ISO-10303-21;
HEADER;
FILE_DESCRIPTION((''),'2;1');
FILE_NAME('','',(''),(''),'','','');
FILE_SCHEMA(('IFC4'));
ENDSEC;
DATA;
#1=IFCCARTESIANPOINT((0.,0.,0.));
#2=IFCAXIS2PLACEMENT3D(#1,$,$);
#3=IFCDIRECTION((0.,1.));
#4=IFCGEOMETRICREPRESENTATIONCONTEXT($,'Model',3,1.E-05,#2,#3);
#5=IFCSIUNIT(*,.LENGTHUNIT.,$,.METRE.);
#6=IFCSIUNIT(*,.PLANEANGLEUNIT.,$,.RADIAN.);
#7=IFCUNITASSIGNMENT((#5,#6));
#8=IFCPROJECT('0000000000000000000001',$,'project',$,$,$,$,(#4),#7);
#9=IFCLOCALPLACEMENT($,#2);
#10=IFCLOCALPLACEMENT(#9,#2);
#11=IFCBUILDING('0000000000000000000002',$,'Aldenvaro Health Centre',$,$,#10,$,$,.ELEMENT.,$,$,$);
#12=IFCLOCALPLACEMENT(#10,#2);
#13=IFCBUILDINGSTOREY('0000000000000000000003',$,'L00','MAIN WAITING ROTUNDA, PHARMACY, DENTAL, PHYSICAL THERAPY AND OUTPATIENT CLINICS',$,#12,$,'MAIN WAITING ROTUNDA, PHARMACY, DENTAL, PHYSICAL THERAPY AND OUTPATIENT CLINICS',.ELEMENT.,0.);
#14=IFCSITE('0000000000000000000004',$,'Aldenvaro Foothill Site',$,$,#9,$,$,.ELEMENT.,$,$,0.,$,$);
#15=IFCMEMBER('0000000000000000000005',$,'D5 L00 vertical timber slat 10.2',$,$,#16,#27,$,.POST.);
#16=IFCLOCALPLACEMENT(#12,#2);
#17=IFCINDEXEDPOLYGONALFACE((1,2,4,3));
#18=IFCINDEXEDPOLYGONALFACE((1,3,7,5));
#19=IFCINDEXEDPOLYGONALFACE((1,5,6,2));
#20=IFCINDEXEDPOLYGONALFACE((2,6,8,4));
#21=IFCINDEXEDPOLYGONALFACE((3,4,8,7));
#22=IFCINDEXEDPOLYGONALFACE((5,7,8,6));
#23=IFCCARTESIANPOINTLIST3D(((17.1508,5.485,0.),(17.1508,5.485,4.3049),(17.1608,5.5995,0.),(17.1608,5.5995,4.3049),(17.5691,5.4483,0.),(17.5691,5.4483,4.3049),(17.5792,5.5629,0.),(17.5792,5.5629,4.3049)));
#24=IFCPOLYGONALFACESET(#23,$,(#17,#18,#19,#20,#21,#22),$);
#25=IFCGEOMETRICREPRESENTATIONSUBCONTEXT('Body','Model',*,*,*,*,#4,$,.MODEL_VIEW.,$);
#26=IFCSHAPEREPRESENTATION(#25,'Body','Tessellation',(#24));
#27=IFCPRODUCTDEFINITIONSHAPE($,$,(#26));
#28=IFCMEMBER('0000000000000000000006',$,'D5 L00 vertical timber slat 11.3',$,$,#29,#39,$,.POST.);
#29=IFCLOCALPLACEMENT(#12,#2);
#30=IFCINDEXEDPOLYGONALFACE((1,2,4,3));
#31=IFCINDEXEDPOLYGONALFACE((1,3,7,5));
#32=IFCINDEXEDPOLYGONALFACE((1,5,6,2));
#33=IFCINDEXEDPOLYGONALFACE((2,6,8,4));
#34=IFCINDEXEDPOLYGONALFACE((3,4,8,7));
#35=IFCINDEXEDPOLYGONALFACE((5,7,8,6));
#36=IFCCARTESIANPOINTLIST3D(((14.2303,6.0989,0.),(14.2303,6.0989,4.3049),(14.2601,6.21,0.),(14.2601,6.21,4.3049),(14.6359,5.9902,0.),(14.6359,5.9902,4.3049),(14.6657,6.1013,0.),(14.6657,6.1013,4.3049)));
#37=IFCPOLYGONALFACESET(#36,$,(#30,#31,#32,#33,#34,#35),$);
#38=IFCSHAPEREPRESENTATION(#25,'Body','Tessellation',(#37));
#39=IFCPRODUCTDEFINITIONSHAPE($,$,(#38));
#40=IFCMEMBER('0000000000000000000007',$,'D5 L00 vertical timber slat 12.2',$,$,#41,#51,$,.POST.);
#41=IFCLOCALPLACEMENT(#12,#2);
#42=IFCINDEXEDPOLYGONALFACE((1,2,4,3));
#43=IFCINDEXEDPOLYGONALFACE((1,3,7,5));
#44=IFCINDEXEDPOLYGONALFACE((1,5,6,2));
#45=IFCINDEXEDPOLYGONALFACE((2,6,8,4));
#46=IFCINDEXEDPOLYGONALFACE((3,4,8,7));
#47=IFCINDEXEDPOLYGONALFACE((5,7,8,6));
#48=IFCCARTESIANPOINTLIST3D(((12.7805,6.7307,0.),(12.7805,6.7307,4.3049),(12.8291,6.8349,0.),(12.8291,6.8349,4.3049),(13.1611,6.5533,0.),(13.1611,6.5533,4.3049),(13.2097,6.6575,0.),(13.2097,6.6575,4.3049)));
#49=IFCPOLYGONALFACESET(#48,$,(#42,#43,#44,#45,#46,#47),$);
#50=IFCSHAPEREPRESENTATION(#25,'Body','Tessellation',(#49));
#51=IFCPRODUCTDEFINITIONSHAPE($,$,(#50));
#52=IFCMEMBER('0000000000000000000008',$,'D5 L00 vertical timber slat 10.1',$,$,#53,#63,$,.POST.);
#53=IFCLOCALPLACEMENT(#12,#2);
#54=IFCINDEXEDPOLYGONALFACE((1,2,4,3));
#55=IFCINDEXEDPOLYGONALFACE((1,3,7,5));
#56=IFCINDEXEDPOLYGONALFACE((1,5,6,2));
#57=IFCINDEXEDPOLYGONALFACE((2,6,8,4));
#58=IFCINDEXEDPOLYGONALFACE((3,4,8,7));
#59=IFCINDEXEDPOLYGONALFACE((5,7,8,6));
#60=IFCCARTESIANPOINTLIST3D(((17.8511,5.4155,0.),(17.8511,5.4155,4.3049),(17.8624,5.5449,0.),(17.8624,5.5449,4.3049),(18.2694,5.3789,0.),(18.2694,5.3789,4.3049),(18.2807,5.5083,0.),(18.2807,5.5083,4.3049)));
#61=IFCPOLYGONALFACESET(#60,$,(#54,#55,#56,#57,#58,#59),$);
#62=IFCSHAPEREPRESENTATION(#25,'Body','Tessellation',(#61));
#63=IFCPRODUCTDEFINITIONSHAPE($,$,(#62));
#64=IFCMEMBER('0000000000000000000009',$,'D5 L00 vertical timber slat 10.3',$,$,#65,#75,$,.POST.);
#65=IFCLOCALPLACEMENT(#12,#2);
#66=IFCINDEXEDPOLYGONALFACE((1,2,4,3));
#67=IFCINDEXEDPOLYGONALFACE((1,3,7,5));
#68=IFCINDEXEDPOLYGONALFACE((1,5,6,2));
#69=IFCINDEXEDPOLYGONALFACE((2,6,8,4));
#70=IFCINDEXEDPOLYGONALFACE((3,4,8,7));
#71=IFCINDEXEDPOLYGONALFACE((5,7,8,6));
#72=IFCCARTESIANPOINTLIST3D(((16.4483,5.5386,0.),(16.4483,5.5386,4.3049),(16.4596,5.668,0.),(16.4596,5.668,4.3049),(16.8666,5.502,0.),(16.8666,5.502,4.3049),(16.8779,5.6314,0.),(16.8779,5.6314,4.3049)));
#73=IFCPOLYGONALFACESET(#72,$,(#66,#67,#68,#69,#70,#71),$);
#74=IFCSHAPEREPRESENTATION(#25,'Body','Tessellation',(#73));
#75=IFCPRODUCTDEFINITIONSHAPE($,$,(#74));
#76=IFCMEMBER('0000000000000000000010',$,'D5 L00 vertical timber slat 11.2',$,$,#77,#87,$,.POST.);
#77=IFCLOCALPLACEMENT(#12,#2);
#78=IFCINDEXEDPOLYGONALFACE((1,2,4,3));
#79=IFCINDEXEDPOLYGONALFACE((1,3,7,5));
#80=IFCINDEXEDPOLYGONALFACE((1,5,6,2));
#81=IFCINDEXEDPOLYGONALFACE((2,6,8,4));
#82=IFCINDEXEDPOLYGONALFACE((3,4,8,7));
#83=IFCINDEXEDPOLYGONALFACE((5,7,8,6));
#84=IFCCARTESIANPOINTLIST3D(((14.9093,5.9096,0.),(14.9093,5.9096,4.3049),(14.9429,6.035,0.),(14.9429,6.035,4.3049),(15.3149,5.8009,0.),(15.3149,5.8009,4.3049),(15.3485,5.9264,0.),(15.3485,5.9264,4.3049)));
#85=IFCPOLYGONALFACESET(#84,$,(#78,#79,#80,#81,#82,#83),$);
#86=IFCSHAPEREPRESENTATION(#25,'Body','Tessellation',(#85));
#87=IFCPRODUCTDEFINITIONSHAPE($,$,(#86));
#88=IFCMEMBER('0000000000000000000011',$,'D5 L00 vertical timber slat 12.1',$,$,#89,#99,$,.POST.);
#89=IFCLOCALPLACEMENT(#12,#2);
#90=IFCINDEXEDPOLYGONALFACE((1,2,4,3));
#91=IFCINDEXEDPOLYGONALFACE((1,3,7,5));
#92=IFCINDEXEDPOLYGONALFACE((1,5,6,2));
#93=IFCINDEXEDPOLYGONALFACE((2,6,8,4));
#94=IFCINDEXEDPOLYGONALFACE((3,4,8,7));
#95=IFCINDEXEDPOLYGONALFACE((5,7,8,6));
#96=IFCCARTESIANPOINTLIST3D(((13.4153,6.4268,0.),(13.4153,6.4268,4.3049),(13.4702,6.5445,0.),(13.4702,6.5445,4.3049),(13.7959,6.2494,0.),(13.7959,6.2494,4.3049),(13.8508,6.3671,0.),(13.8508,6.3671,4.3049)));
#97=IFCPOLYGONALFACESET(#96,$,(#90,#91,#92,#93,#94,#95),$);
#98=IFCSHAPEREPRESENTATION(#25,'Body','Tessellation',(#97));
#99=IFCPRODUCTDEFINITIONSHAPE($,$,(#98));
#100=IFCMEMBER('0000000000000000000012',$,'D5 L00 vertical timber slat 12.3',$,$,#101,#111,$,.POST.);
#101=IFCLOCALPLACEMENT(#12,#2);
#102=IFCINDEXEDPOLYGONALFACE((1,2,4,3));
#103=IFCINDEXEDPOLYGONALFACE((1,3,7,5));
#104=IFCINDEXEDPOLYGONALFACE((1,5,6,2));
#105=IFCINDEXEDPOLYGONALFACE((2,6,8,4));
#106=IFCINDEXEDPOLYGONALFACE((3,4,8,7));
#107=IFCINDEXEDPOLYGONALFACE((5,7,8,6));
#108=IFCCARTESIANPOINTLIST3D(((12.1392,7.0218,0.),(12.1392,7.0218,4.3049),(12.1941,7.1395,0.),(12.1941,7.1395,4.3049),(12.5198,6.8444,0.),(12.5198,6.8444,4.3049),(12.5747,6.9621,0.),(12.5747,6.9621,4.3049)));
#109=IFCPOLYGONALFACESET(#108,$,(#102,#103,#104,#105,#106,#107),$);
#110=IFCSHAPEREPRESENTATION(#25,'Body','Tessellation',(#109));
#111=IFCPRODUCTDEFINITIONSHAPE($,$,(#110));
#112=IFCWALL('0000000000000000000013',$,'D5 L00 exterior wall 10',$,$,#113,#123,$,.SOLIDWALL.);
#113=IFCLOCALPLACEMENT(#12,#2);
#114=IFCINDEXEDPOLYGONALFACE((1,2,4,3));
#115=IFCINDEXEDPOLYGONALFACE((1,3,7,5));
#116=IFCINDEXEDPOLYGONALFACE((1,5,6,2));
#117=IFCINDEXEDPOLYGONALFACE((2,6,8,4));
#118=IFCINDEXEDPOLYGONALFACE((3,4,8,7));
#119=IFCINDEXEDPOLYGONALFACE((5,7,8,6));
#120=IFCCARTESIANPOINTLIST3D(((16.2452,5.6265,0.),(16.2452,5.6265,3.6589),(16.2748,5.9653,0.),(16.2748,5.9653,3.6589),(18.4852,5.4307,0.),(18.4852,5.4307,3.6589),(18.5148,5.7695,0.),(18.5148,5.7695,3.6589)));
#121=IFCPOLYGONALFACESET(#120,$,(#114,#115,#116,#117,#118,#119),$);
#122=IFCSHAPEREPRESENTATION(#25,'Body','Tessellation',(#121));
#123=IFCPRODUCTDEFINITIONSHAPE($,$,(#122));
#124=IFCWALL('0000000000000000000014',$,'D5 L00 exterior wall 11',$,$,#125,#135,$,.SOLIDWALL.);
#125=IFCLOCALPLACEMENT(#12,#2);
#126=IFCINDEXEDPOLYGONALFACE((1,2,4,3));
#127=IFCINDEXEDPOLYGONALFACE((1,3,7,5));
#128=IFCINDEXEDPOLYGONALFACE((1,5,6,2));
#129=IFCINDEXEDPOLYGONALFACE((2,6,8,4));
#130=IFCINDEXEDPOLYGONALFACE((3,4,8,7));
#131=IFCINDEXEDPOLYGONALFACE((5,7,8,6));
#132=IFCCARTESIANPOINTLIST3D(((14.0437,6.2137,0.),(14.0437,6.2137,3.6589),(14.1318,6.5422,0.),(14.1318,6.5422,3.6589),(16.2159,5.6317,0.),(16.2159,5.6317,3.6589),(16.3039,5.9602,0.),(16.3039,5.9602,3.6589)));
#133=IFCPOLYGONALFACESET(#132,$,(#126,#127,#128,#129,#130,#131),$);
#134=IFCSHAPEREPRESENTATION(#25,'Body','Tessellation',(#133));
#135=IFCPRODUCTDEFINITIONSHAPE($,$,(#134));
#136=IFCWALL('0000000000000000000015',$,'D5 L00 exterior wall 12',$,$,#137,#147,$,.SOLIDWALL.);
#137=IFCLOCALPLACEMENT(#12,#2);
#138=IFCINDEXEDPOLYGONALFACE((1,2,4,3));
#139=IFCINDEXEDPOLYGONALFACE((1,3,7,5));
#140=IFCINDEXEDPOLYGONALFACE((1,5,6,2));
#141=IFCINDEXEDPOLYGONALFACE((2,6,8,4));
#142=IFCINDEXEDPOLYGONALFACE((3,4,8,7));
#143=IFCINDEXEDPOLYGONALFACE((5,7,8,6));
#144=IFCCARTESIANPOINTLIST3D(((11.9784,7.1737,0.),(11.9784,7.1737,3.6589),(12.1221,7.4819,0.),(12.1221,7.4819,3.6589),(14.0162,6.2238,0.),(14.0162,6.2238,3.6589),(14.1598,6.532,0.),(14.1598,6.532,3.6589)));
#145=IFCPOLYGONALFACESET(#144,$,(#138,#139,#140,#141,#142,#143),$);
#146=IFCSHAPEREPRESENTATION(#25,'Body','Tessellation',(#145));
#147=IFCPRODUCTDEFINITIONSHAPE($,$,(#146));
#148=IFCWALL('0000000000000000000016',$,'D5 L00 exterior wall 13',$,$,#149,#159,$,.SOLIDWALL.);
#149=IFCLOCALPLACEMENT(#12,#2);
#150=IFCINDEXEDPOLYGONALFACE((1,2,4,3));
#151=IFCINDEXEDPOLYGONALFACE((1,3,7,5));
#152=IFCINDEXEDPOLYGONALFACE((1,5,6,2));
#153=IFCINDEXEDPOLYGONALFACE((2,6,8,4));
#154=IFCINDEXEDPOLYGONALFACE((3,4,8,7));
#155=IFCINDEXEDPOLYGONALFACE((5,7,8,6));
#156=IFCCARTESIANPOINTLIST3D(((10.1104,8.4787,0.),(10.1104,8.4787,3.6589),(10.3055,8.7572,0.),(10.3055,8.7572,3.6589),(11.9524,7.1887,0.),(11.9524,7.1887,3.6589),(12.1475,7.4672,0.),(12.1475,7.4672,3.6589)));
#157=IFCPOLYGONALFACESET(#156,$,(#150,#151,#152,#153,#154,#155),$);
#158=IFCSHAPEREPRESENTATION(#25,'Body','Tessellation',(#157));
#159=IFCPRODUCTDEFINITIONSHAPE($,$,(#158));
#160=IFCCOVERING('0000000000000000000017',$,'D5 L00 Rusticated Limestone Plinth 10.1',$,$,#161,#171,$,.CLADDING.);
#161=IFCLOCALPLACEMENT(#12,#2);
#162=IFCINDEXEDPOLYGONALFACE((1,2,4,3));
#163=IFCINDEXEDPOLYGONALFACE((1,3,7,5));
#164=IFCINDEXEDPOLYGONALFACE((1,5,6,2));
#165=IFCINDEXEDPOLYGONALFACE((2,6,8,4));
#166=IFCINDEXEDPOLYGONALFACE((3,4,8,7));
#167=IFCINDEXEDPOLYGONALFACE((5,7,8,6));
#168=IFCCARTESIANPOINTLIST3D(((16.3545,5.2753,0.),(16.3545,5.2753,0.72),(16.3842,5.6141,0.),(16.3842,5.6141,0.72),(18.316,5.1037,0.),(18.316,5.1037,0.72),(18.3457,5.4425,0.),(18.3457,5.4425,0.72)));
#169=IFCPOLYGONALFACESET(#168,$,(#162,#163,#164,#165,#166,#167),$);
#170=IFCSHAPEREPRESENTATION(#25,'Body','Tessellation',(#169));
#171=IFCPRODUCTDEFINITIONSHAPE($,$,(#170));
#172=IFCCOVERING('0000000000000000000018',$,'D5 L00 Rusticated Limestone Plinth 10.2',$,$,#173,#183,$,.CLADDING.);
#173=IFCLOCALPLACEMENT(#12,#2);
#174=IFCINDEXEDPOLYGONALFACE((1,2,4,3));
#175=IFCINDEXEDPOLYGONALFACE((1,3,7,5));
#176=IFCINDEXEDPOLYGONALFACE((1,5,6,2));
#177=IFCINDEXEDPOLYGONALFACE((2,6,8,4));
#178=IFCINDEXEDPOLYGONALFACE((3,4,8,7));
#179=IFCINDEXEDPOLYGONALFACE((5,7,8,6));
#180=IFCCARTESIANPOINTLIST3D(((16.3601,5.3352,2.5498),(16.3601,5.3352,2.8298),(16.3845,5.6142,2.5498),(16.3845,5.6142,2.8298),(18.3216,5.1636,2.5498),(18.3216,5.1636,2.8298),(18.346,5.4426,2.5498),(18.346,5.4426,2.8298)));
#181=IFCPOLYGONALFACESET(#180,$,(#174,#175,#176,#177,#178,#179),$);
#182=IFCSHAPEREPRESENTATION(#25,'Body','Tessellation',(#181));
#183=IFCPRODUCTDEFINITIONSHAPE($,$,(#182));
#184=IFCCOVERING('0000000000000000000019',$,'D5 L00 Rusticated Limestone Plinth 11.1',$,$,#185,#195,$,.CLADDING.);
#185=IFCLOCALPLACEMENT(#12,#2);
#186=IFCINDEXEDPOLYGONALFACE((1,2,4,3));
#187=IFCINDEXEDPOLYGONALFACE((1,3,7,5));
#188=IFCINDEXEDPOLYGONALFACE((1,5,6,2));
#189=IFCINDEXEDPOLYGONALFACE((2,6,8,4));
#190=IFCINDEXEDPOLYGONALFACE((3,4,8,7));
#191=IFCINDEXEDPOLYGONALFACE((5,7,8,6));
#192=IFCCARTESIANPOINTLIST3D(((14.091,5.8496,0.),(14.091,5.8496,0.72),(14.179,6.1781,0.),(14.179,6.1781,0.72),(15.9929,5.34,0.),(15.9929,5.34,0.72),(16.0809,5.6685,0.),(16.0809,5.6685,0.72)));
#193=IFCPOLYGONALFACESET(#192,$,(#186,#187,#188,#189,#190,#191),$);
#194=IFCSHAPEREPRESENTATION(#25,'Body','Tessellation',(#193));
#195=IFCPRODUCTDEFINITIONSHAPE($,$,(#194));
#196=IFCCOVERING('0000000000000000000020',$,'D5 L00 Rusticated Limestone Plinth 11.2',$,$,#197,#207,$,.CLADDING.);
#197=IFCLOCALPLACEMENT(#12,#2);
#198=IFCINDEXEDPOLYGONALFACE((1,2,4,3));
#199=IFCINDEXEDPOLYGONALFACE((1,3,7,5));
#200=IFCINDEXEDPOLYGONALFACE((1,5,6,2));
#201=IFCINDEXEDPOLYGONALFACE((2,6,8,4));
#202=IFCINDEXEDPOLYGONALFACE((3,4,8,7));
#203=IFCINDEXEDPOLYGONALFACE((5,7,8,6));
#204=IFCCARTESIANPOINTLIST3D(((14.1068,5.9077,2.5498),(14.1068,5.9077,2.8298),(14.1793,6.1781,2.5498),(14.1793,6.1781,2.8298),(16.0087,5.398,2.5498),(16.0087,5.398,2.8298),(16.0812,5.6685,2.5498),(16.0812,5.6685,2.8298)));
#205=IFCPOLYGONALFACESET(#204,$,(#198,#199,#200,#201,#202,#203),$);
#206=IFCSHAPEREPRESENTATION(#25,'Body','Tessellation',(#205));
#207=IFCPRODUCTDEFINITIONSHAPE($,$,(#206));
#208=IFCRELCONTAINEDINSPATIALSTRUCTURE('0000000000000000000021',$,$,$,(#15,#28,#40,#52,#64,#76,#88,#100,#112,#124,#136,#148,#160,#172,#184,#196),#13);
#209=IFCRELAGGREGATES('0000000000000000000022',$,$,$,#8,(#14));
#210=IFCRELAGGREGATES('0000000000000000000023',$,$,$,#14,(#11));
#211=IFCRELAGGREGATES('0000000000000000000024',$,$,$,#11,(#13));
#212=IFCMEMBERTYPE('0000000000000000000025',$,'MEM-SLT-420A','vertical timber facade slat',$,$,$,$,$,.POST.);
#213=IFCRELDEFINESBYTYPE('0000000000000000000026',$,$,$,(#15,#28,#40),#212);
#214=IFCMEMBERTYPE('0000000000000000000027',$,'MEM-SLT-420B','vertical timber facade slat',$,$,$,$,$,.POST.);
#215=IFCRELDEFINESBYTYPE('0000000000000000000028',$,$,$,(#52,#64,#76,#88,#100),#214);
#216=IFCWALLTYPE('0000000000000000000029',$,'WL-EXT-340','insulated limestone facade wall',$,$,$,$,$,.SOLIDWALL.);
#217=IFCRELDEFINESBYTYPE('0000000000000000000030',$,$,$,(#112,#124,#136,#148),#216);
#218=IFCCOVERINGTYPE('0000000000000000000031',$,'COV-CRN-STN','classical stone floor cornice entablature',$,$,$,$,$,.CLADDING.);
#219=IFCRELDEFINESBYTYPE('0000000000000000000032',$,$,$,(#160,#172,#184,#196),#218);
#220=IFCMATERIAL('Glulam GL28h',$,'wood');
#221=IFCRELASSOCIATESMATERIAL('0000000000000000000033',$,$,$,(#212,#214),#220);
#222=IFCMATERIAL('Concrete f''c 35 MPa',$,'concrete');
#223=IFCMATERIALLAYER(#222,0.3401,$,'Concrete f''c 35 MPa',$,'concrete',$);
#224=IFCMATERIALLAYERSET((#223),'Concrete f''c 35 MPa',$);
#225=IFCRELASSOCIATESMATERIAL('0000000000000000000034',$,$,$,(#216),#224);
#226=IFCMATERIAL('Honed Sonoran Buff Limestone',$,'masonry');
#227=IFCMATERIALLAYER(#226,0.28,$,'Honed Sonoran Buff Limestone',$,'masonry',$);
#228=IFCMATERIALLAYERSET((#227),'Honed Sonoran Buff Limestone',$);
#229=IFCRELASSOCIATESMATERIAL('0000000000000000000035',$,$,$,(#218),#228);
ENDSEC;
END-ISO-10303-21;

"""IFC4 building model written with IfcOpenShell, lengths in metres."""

from ifc_helpers import new_model, si_unit, direction, frame, frame_2d, origin, origin_2d, place, context, subcontext, project, spatial, rectangle, extrude, material, layer, layer_set, material_profile, profile_set, type_object, element, save


model = new_model("IFC4")

# Units and contexts
model_context = context("Model", 3, precision=1e-05, world=origin(), true_north=direction((0.0, 1.0)))
body_context = subcontext(model_context, "Body", "Model", "MODEL_VIEW")
ifc_project = project(units=[si_unit("LENGTHUNIT", "METRE"), si_unit("PLANEANGLEUNIT", "RADIAN")], contexts=[model_context])

# Site, building, storey
site_placement = place(None, origin())
site = spatial("IfcSite", under=ifc_project, at=site_placement, Name="Aldenvaro Foothill Site", CompositionType="ELEMENT", RefElevation=0.0)
building_placement = place(site_placement, origin())
building = spatial("IfcBuilding", under=site, at=building_placement, Name="Aldenvaro Health Centre", CompositionType="ELEMENT")
storey_placement = place(building_placement, origin())
storey = spatial("IfcBuildingStorey", under=building, at=storey_placement, Name="L00", Description="MAIN WAITING ROTUNDA, PHARMACY, DENTAL, PHYSICAL THERAPY AND OUTPATIENT CLINICS", LongName="MAIN WAITING ROTUNDA, PHARMACY, DENTAL, PHYSICAL THERAPY AND OUTPATIENT CLINICS", CompositionType="ELEMENT", Elevation=0.0)

# Shared definitions
ifc_material_1 = material(Name="Glulam GL28h", Category="wood")

# Members
ifc_material_profile_1 = material_profile(ifc_material_1, rectangle(XDim=0.115, YDim=0.4199, at=origin_2d()), Name="GL 115x420", Category="wood")
ifc_profile_set_1 = profile_set([ifc_material_profile_1], Name="Glulam GL28h")
member_type_1 = type_object("IfcMemberType", Name="MEM-SLT-420A", Description="vertical timber facade slat", PredefinedType="POST", material=ifc_profile_set_1)
for number, where, z_axis, x_axis, name in (
    (1, (17.365, 5.5239, 0.0), (0.0, 0.0, 1.0), (-0.087167, -0.996194, 0.0), "D5 L00 vertical timber slat 10.2"),
    (2, (14.448, 6.1001, 0.0), (0.0, 0.0, 1.0), (-0.258825, -0.965924, 0.0), "D5 L00 vertical timber slat 11.3"),
    (3, (12.9951, 6.6941, 0.0), (0.0, 0.0, 1.0), (-0.422496, -0.906365, 0.0), "D5 L00 vertical timber slat 12.2"),
):
    element("IfcMember", number, at=place(storey_placement, frame(where, z_axis=z_axis, x_axis=x_axis)), inside=storey, type_object=member_type_1, Name=name, PredefinedType="POST", context=body_context, shape_type="SweptSolid", body=[
        extrude(rectangle(XDim=0.115, YDim=0.4199, at=origin_2d()), origin(), (0.0, 0.0, 1.0), 4.3049),
    ])
ifc_material_profile_2 = material_profile(ifc_material_1, rectangle(XDim=0.1299, YDim=0.4199, at=origin_2d()), Name="GL 130x420", Category="wood")
ifc_profile_set_2 = profile_set([ifc_material_profile_2], Name="Glulam GL28h")
member_type_2 = type_object("IfcMemberType", Name="MEM-SLT-420B", Description="vertical timber facade slat", PredefinedType="POST", material=ifc_profile_set_2)
for number, where, z_axis, x_axis, name in (
    (4, (18.0659, 5.4619, 0.0), (0.0, 0.0, 1.0), (-0.087167, -0.996194, 0.0), "D5 L00 vertical timber slat 10.1"),
    (5, (16.6631, 5.585, 0.0), (0.0, 0.0, 1.0), (-0.087167, -0.996194, 0.0), "D5 L00 vertical timber slat 10.3"),
    (6, (15.1289, 5.918, 0.0), (0.0, 0.0, 1.0), (-0.258825, -0.965924, 0.0), "D5 L00 vertical timber slat 11.2"),
    (7, (13.6331, 6.397, 0.0), (0.0, 0.0, 1.0), (-0.422496, -0.906365, 0.0), "D5 L00 vertical timber slat 12.1"),
    (8, (12.3569, 6.9919, 0.0), (0.0, 0.0, 1.0), (-0.422496, -0.906365, 0.0), "D5 L00 vertical timber slat 12.3"),
):
    element("IfcMember", number, at=place(storey_placement, frame(where, z_axis=z_axis, x_axis=x_axis)), inside=storey, type_object=member_type_2, Name=name, PredefinedType="POST", context=body_context, shape_type="SweptSolid", body=[
        extrude(rectangle(XDim=0.1299, YDim=0.4199, at=origin_2d()), origin(), (0.0, 0.0, 1.0), 4.3049),
    ])

# Walls
ifc_material_2 = material(Name="Concrete f'c 35 MPa", Category="concrete")
ifc_layer_1 = layer(ifc_material_2, 0.3401, Name="Concrete f'c 35 MPa", Category="concrete")
ifc_layer_set_1 = layer_set([ifc_layer_1], Name="Concrete f'c 35 MPa")
wall_type = type_object("IfcWallType", Name="WL-EXT-340", Description="insulated limestone facade wall", PredefinedType="SOLIDWALL", material=ifc_layer_set_1)
wall_1_placement = place(storey_placement, frame((18.5, 5.6001, 0.0), z_axis=(0.0, 0.0, 1.0), x_axis=(-0.996201, 0.087079, 0.0)))
element("IfcWall", 9, at=wall_1_placement, inside=storey, type_object=wall_type, Name="D5 L00 exterior wall 10", PredefinedType="SOLIDWALL", context=body_context, shape_type="SweptSolid", body=[
    extrude(rectangle(XDim=2.2485, YDim=0.3401, at=frame_2d((1.1243, 0.0))), origin(), (0.0, 0.0, 1.0), 3.6589),
])
wall_2_placement = place(storey_placement, frame((16.26, 5.7959, 0.0), z_axis=(0.0, 0.0, 1.0), x_axis=(-0.965924, 0.258825, 0.0)))
element("IfcWall", 10, at=wall_2_placement, inside=storey, type_object=wall_type, Name="D5 L00 exterior wall 11", PredefinedType="SOLIDWALL", context=body_context, shape_type="SweptSolid", body=[
    extrude(rectangle(XDim=2.2488, YDim=0.3401, at=frame_2d((1.1245, 0.0))), origin(), (0.0, 0.0, 1.0), 3.6589),
])
wall_3_placement = place(storey_placement, frame((14.0879, 6.3779, 0.0), z_axis=(0.0, 0.0, 1.0), x_axis=(-0.906361, 0.422505, 0.0)))
element("IfcWall", 11, at=wall_3_placement, inside=storey, type_object=wall_type, Name="D5 L00 exterior wall 12", PredefinedType="SOLIDWALL", context=body_context, shape_type="SweptSolid", body=[
    extrude(rectangle(XDim=2.2483, YDim=0.3401, at=frame_2d((1.124, 0.0))), origin(), (0.0, 0.0, 1.0), 3.6589),
])
wall_4_placement = place(storey_placement, frame((12.05, 7.3279, 0.0), z_axis=(0.0, 0.0, 1.0), x_axis=(-0.819104, 0.573644, 0.0)))
element("IfcWall", 12, at=wall_4_placement, inside=storey, type_object=wall_type, Name="D5 L00 exterior wall 13", PredefinedType="SOLIDWALL", context=body_context, shape_type="SweptSolid", body=[
    extrude(rectangle(XDim=2.2488, YDim=0.3401, at=frame_2d((1.1245, 0.0))), origin(), (0.0, 0.0, 1.0), 3.6589),
])

# Coverings
ifc_material_3 = material(Name="Honed Sonoran Buff Limestone", Category="masonry")
ifc_layer_2 = layer(ifc_material_3, 0.28, Name="Honed Sonoran Buff Limestone", Category="masonry")
ifc_layer_set_2 = layer_set([ifc_layer_2], Name="Honed Sonoran Buff Limestone")
covering_type = type_object("IfcCoveringType", Name="COV-CRN-STN", Description="classical stone floor cornice entablature", PredefinedType="CLADDING", material=ifc_layer_set_2)
covering_1_placement = place(storey_placement, frame((17.3501, 5.3589, 0.0), z_axis=(0.0, 0.0, 1.0), x_axis=(-0.996194, 0.087167, 0.0)))
element("IfcCovering", 13, at=covering_1_placement, inside=storey, type_object=covering_type, Name="D5 L00 Rusticated Limestone Plinth 10.1", PredefinedType="CLADDING", context=body_context, shape_type="SweptSolid", body=[
    extrude(rectangle(XDim=1.969, YDim=0.3401, at=origin_2d()), origin(), (0.0, 0.0, 1.0), 0.72),
])
covering_2_placement = place(storey_placement, frame((17.353, 5.3889, 2.5498), z_axis=(0.0, 0.0, 1.0), x_axis=(-0.996194, 0.087167, 0.0)))
element("IfcCovering", 14, at=covering_2_placement, inside=storey, type_object=covering_type, Name="D5 L00 Rusticated Limestone Plinth 10.2", PredefinedType="CLADDING", context=body_context, shape_type="SweptSolid", body=[
    extrude(rectangle(XDim=1.969, YDim=0.28, at=origin_2d()), origin(), (0.0, 0.0, 1.0), 0.28),
])
covering_3_placement = place(storey_placement, frame((15.0859, 5.759, 0.0), z_axis=(0.0, 0.0, 1.0), x_axis=(-0.965924, 0.258825, 0.0)))
element("IfcCovering", 15, at=covering_3_placement, inside=storey, type_object=covering_type, Name="D5 L00 Rusticated Limestone Plinth 11.1", PredefinedType="CLADDING", context=body_context, shape_type="SweptSolid", body=[
    extrude(rectangle(XDim=1.969, YDim=0.3401, at=origin_2d()), origin(), (0.0, 0.0, 1.0), 0.72),
])
covering_4_placement = place(storey_placement, frame((15.094, 5.7881, 2.5498), z_axis=(0.0, 0.0, 1.0), x_axis=(-0.965924, 0.258825, 0.0)))
element("IfcCovering", 16, at=covering_4_placement, inside=storey, type_object=covering_type, Name="D5 L00 Rusticated Limestone Plinth 11.2", PredefinedType="CLADDING", context=body_context, shape_type="SweptSolid", body=[
    extrude(rectangle(XDim=1.969, YDim=0.28, at=origin_2d()), origin(), (0.0, 0.0, 1.0), 0.28),
])

save(model, "model.ifc")
